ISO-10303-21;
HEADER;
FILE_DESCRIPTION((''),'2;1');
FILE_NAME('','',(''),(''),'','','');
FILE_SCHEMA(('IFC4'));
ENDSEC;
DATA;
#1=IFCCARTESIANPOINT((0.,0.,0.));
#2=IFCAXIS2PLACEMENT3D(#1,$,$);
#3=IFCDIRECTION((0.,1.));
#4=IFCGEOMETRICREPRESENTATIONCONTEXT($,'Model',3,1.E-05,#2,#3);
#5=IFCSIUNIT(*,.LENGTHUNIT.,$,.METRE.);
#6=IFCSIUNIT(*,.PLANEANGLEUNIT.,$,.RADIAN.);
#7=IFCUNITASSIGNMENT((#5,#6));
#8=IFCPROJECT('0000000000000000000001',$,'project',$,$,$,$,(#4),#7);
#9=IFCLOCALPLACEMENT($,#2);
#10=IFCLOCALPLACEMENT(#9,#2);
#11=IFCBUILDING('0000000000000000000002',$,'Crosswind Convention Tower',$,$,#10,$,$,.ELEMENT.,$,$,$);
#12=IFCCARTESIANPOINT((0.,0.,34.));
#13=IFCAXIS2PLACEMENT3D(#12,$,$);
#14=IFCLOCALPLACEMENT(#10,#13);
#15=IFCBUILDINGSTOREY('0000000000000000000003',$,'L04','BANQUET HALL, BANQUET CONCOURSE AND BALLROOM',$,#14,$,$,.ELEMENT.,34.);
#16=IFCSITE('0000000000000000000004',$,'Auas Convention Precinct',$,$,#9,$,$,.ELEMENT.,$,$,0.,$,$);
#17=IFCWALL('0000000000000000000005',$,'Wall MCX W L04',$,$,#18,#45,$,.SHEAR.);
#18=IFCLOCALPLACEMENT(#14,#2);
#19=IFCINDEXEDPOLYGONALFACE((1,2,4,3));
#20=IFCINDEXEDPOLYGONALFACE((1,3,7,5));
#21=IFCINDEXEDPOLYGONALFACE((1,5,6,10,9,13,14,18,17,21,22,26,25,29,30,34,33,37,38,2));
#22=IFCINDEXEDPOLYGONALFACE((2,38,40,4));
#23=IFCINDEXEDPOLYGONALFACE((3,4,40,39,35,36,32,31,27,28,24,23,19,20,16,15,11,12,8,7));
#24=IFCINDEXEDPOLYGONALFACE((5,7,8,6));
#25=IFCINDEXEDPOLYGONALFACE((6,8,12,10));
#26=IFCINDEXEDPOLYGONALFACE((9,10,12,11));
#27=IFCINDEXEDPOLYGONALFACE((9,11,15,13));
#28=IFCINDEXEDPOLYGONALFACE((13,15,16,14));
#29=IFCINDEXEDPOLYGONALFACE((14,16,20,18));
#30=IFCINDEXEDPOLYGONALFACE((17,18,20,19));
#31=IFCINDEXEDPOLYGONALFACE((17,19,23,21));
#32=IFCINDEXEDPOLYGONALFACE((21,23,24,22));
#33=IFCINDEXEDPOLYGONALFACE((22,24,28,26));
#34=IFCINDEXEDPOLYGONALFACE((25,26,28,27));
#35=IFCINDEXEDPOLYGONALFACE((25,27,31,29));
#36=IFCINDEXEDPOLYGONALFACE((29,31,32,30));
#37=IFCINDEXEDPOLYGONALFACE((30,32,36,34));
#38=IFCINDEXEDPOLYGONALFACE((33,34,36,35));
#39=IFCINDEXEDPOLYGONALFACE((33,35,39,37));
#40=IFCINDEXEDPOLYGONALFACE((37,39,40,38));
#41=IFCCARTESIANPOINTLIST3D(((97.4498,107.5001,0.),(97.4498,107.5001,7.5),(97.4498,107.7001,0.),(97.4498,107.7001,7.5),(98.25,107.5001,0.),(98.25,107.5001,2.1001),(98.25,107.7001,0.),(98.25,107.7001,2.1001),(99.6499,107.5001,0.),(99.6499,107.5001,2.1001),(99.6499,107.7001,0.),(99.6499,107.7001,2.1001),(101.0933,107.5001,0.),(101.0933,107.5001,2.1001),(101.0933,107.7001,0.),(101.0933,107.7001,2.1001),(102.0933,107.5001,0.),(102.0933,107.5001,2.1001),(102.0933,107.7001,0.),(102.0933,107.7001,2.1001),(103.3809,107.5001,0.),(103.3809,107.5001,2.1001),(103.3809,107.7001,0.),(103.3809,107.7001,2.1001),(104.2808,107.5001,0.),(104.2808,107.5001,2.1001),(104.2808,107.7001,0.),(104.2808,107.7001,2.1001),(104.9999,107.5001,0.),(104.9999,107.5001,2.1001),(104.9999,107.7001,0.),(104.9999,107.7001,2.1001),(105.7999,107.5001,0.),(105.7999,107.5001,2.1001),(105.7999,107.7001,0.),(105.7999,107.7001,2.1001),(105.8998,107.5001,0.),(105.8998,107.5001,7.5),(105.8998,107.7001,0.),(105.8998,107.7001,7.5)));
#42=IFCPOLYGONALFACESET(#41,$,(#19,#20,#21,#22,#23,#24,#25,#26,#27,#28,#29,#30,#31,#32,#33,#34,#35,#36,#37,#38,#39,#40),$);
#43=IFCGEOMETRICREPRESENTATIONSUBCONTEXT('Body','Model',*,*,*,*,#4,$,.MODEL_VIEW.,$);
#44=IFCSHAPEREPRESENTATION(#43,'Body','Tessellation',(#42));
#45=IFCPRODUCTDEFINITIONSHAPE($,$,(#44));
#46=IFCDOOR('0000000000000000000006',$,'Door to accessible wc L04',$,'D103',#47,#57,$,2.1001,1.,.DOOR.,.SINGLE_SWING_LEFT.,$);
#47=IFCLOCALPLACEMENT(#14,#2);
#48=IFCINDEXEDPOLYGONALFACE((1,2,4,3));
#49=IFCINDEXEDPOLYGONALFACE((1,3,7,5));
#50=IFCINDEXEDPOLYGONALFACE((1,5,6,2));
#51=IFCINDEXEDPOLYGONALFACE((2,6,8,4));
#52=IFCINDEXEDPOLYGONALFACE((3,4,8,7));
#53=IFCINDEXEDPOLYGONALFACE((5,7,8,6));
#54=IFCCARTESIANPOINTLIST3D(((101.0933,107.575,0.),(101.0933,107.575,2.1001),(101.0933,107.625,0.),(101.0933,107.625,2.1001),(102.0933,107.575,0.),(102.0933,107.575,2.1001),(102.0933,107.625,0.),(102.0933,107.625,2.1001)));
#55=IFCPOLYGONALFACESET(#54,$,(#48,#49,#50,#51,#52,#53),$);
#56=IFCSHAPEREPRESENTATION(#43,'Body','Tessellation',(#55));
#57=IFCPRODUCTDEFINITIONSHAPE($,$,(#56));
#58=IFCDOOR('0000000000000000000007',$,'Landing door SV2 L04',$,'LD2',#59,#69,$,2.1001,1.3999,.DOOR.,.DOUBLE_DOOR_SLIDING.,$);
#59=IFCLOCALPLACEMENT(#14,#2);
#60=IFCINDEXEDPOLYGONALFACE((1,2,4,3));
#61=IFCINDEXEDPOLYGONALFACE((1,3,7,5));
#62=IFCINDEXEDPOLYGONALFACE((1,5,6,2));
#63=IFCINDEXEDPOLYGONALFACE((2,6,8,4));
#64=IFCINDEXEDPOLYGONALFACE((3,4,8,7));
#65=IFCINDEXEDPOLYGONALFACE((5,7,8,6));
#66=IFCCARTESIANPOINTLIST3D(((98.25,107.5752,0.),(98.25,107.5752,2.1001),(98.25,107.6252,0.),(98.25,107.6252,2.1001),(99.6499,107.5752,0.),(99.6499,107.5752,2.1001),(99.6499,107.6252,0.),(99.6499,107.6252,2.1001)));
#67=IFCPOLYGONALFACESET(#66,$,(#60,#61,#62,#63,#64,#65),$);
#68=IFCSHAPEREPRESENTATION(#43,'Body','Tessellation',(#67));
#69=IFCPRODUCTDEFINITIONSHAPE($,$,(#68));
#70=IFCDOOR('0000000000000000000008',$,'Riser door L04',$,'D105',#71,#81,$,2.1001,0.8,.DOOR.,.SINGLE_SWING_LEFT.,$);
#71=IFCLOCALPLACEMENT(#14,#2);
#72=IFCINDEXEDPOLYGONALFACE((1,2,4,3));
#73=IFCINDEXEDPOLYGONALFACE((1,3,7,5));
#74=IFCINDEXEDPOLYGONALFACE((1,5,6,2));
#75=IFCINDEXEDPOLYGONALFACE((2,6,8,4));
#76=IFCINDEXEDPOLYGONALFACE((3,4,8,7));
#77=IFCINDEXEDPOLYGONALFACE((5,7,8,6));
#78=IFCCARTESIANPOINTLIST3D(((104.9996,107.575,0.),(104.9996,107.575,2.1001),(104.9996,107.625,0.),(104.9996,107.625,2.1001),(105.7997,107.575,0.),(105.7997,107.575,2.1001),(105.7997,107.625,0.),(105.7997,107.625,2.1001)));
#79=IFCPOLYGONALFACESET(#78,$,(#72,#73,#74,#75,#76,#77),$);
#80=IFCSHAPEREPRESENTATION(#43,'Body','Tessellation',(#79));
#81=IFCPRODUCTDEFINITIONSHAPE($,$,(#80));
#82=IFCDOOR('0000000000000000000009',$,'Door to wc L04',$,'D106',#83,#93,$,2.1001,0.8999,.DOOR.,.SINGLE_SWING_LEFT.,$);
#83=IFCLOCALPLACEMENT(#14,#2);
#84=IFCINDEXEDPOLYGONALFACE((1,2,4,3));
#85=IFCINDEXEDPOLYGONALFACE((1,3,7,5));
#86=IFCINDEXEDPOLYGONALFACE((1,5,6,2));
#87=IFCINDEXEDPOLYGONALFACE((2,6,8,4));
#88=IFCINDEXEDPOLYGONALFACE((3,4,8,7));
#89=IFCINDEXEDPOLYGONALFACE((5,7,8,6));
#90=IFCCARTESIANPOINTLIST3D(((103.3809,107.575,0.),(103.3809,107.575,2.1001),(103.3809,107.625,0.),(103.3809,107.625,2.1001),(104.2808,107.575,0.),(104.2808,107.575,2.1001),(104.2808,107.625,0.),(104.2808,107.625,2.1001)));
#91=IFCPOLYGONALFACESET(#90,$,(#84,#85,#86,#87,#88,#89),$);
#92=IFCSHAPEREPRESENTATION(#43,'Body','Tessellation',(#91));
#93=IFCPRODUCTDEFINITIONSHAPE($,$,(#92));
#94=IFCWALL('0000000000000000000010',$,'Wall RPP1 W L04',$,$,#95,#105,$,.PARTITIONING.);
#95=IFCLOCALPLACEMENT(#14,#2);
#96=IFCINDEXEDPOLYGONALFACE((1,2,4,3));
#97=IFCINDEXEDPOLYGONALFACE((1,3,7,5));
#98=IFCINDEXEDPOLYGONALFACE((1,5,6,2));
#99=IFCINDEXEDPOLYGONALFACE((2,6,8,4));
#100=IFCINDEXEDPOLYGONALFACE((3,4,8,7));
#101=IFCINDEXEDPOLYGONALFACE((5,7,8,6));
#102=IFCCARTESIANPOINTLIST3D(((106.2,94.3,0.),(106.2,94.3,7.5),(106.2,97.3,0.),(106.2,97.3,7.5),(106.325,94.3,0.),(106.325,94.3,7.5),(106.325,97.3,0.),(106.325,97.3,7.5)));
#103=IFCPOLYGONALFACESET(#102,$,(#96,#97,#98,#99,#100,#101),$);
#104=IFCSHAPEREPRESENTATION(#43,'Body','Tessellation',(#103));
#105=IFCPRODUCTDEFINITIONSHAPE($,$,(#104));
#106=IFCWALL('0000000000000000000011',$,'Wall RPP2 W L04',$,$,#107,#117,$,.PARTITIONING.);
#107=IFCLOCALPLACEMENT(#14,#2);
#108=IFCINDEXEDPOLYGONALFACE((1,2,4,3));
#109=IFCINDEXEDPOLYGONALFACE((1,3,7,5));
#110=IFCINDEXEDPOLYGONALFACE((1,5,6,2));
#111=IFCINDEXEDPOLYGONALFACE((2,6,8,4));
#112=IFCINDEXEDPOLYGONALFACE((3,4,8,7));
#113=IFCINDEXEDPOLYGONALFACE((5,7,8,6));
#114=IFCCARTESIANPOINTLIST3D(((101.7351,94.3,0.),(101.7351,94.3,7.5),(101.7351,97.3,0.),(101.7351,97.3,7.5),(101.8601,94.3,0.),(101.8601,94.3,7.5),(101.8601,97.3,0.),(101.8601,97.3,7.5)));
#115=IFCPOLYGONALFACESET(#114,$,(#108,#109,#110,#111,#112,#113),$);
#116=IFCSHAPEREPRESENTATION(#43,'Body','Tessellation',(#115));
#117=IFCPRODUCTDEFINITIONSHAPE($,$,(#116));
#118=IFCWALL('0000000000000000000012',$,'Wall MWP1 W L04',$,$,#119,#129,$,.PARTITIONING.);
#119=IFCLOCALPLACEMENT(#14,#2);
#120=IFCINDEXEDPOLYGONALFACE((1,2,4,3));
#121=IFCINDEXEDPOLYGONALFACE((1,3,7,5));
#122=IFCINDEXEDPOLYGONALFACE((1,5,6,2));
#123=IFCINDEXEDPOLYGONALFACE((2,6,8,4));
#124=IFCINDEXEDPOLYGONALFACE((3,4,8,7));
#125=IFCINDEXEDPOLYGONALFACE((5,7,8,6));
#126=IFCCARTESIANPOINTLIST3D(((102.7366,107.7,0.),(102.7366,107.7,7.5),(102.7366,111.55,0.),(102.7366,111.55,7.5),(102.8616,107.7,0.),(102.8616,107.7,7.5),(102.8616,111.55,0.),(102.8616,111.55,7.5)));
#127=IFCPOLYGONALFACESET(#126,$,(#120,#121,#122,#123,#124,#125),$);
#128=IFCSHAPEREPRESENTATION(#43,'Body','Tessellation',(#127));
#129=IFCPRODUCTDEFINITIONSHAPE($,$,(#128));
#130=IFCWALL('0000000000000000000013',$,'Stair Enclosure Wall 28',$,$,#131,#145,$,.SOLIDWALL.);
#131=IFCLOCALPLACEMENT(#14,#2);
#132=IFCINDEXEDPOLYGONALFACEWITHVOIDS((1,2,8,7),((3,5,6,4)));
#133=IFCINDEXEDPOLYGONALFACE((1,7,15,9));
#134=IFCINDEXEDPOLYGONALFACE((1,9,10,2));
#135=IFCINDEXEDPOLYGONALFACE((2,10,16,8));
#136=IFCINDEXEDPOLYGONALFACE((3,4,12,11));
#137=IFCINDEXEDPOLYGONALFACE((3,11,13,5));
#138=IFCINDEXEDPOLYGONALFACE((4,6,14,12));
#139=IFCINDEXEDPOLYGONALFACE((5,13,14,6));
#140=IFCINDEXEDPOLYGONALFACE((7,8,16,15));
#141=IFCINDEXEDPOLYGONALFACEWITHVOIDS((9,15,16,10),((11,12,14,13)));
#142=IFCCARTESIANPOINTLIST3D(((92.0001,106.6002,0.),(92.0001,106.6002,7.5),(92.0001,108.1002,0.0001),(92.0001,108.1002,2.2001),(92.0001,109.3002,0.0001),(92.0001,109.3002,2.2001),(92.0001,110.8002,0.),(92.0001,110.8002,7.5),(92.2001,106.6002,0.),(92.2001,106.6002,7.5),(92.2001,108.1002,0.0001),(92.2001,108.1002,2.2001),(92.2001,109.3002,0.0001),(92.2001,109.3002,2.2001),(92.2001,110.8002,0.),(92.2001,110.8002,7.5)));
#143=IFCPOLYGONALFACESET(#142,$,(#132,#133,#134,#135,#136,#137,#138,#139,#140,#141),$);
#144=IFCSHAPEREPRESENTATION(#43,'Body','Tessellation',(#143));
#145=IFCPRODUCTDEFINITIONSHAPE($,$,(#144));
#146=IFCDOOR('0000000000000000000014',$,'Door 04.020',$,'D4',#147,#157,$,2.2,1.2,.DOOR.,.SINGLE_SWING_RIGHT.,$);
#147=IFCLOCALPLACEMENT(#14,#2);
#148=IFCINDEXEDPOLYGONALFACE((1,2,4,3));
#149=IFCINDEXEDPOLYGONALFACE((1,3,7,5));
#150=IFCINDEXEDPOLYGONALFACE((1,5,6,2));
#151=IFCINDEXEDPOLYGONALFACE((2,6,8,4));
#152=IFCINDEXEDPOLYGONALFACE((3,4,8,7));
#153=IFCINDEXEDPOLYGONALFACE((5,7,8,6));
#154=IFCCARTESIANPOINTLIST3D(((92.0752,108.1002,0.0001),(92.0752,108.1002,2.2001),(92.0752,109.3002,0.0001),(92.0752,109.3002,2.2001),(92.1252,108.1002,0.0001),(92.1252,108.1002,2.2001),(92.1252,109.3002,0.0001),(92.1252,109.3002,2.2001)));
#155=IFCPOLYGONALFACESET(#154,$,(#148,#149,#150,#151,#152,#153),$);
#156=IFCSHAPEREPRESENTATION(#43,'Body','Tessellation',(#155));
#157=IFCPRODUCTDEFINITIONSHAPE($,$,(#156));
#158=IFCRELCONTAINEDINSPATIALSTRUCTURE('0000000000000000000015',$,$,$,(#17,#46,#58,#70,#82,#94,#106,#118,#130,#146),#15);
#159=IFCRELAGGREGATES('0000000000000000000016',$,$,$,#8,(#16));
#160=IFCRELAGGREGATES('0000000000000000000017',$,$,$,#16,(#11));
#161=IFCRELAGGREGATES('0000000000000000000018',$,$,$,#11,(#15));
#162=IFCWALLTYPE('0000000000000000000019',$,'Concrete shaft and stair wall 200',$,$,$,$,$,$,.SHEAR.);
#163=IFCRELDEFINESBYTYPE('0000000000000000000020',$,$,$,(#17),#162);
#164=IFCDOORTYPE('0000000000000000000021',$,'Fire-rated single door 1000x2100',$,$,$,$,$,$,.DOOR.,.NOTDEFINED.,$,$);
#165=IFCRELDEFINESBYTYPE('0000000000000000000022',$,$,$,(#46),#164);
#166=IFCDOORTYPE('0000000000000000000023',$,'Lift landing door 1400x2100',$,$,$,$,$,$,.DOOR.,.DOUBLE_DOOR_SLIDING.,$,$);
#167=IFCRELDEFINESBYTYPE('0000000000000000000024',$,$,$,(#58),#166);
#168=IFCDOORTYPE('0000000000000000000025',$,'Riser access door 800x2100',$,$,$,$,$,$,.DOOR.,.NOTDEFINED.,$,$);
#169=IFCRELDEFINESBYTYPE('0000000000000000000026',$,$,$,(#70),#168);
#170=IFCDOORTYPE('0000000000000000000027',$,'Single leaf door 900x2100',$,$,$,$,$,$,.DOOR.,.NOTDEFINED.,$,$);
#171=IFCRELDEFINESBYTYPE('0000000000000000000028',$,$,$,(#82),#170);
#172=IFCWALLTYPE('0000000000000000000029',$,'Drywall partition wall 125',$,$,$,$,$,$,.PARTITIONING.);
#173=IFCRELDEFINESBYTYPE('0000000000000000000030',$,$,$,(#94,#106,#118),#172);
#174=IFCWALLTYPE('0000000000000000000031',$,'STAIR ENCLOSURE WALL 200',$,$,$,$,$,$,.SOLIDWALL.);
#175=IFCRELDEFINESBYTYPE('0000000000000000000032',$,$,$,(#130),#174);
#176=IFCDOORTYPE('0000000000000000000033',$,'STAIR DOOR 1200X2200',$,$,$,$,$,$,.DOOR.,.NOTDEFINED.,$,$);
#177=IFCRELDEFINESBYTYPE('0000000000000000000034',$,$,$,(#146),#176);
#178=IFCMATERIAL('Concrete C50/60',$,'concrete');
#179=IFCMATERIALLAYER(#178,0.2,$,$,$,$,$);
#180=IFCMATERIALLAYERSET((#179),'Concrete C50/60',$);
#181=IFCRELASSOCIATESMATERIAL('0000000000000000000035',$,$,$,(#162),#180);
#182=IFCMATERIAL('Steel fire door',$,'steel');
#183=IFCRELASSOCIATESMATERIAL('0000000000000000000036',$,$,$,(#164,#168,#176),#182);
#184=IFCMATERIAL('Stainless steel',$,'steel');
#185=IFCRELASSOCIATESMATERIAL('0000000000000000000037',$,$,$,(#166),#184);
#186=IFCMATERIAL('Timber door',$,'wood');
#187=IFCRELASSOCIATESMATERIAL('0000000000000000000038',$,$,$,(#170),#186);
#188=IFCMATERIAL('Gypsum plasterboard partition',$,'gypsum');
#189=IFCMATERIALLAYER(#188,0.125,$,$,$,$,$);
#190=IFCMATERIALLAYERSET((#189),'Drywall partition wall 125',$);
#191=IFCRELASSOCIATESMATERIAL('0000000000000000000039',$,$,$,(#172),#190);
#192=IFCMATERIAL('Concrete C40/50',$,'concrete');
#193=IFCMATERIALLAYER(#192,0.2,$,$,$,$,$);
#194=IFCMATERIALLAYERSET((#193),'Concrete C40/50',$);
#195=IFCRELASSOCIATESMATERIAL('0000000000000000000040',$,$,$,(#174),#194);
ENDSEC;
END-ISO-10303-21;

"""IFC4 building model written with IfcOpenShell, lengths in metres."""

from ifc_helpers import new_model, si_unit, direction, frame, frame_2d, origin, place, context, subcontext, project, spatial, rectangle, extrude, material, layer, layer_set, type_object, element, fill, save


model = new_model("IFC4")

# Units and contexts
model_context = context("Model", 3, precision=1e-05, world=origin(), true_north=direction((0.0, 1.0)))
body_context = subcontext(model_context, "Body", "Model", "MODEL_VIEW")
ifc_project = project(units=[si_unit("LENGTHUNIT", "METRE"), si_unit("PLANEANGLEUNIT", "RADIAN")], contexts=[model_context])

# Site, building, storey
site_placement = place(None, origin())
site = spatial("IfcSite", under=ifc_project, at=site_placement, Name="Auas Convention Precinct", CompositionType="ELEMENT", RefElevation=0.0)
building_placement = place(site_placement, origin())
building = spatial("IfcBuilding", under=site, at=building_placement, Name="Crosswind Convention Tower", CompositionType="ELEMENT")
storey_placement = place(building_placement, frame((0.0, 0.0, 34.0)))
storey = spatial("IfcBuildingStorey", under=building, at=storey_placement, Name="L04", Description="BANQUET HALL, BANQUET CONCOURSE AND BALLROOM", CompositionType="ELEMENT", Elevation=34.0)

# Shared definitions
ifc_material_1 = material(Name="Concrete C50/60", Category="concrete")
ifc_layer_1 = layer(ifc_material_1, 0.2)
ifc_layer_set_1 = layer_set([ifc_layer_1], Name="Concrete C50/60")
wall_type_1 = type_object("IfcWallType", Name="Concrete shaft and stair wall 200", PredefinedType="SHEAR", material=ifc_layer_set_1)

# Wall, openings, doors
wall_1_placement = place(storey_placement, frame((105.8999, 107.6001, 0.0), z_axis=(0.0, 0.0, 1.0), x_axis=(-1.0, 0.0, 0.0)))
wall_1 = element("IfcWall", 1, at=wall_1_placement, inside=storey, type_object=wall_type_1, Name="Wall MCX W L04", PredefinedType="SHEAR", context=body_context, shape_type="SweptSolid", body=[
    extrude(rectangle(XDim=8.45, YDim=0.2, at=frame_2d((4.2251, 0.0))), origin(), (0.0, 0.0, 1.0), 7.5),
])
opening_1_placement = place(wall_1_placement, frame((0.1001, 0.0, 0.0)))
opening_1 = element("IfcOpeningElement", 2, at=opening_1_placement, cuts=wall_1, PredefinedType="OPENING", context=body_context, shape_type="SweptSolid", body=[
    extrude(rectangle(XDim=0.8, YDim=2.1001, at=frame_2d((0.3999, 1.05))), frame((0.0, 0.1099, 0.0), z_axis=(0.0, -1.0, 0.0), x_axis=(1.0, 0.0, 0.0)), (0.0, 0.0, 1.0), 0.22),
])
opening_2_placement = place(wall_1_placement, frame((1.6191, 0.0, 0.0)))
opening_2 = element("IfcOpeningElement", 3, at=opening_2_placement, cuts=wall_1, PredefinedType="OPENING", context=body_context, shape_type="SweptSolid", body=[
    extrude(rectangle(XDim=0.8999, YDim=2.1001, at=frame_2d((0.45, 1.05))), frame((0.0, 0.1099, 0.0), z_axis=(0.0, -1.0, 0.0), x_axis=(1.0, 0.0, 0.0)), (0.0, 0.0, 1.0), 0.22),
])
opening_3_placement = place(wall_1_placement, frame((3.8066, 0.0, 0.0)))
opening_3 = element("IfcOpeningElement", 4, at=opening_3_placement, cuts=wall_1, PredefinedType="OPENING", context=body_context, shape_type="SweptSolid", body=[
    extrude(rectangle(XDim=1.0, YDim=2.1001, at=frame_2d((0.5, 1.05))), frame((0.0, 0.1099, 0.0), z_axis=(0.0, -1.0, 0.0), x_axis=(1.0, 0.0, 0.0)), (0.0, 0.0, 1.0), 0.22),
])
opening_4_placement = place(wall_1_placement, frame((6.25, 0.0, 0.0)))
opening_4 = element("IfcOpeningElement", 5, at=opening_4_placement, cuts=wall_1, PredefinedType="OPENING", context=body_context, shape_type="SweptSolid", body=[
    extrude(rectangle(XDim=1.3999, YDim=2.1001, at=frame_2d((0.7, 1.05))), frame((0.0, 0.1099, 0.0), z_axis=(0.0, -1.0, 0.0), x_axis=(1.0, 0.0, 0.0)), (0.0, 0.0, 1.0), 0.22),
])
ifc_material_2 = material(Name="Steel fire door", Category="steel")
door_type_1 = type_object("IfcDoorType", Name="Fire-rated single door 1000x2100", OperationType="NOTDEFINED", PredefinedType="DOOR", material=ifc_material_2)
door_1_placement = place(opening_3_placement, frame((1.0, 0.0, 0.0), z_axis=(0.0, 0.0, 1.0), x_axis=(-1.0, 0.0, 0.0)))
door_1 = element("IfcDoor", 6, at=door_1_placement, inside=storey, type_object=door_type_1, Name="Door to accessible wc L04", ObjectType="D103", OperationType="SINGLE_SWING_LEFT", OverallHeight=2.1001, OverallWidth=1.0, PredefinedType="DOOR", context=body_context, shape_type="SweptSolid", body=[
    extrude(rectangle(XDim=1.0, YDim=2.1001, at=frame_2d((0.5, 1.05))), frame((0.0, 0.0249, 0.0), z_axis=(0.0, -1.0, 0.0), x_axis=(1.0, 0.0, 0.0)), (0.0, 0.0, 1.0), 0.05),
])
fill(opening_3, door_1)
ifc_material_3 = material(Name="Stainless steel", Category="steel")
door_type_2 = type_object("IfcDoorType", Name="Lift landing door 1400x2100", OperationType="DOUBLE_DOOR_SLIDING", PredefinedType="DOOR", material=ifc_material_3)
door_2_placement = place(opening_4_placement, origin())
door_2 = element("IfcDoor", 7, at=door_2_placement, inside=storey, type_object=door_type_2, Name="Landing door SV2 L04", ObjectType="LD2", OperationType="DOUBLE_DOOR_SLIDING", OverallHeight=2.1001, OverallWidth=1.3999, PredefinedType="DOOR", context=body_context, shape_type="SweptSolid", body=[
    extrude(rectangle(XDim=1.3999, YDim=2.1001, at=frame_2d((0.7, 1.05))), frame((0.0, 0.0249, 0.0), z_axis=(0.0, -1.0, 0.0), x_axis=(1.0, 0.0, 0.0)), (0.0, 0.0, 1.0), 0.05),
])
fill(opening_4, door_2)
door_type_3 = type_object("IfcDoorType", Name="Riser access door 800x2100", OperationType="NOTDEFINED", PredefinedType="DOOR", material=ifc_material_2)
door_3_placement = place(opening_1_placement, frame((0.8, 0.0, 0.0), z_axis=(0.0, 0.0, 1.0), x_axis=(-1.0, 0.0, 0.0)))
door_3 = element("IfcDoor", 8, at=door_3_placement, inside=storey, type_object=door_type_3, Name="Riser door L04", ObjectType="D105", OperationType="SINGLE_SWING_LEFT", OverallHeight=2.1001, OverallWidth=0.8, PredefinedType="DOOR", context=body_context, shape_type="SweptSolid", body=[
    extrude(rectangle(XDim=0.8, YDim=2.1001, at=frame_2d((0.3999, 1.05))), frame((0.0, 0.0249, 0.0), z_axis=(0.0, -1.0, 0.0), x_axis=(1.0, 0.0, 0.0)), (0.0, 0.0, 1.0), 0.05),
])
fill(opening_1, door_3)
ifc_material_4 = material(Name="Timber door", Category="wood")
door_type_4 = type_object("IfcDoorType", Name="Single leaf door 900x2100", OperationType="NOTDEFINED", PredefinedType="DOOR", material=ifc_material_4)
door_4_placement = place(opening_2_placement, frame((0.8999, 0.0, 0.0), z_axis=(0.0, 0.0, 1.0), x_axis=(-1.0, 0.0, 0.0)))
door_4 = element("IfcDoor", 9, at=door_4_placement, inside=storey, type_object=door_type_4, Name="Door to wc L04", ObjectType="D106", OperationType="SINGLE_SWING_LEFT", OverallHeight=2.1001, OverallWidth=0.8999, PredefinedType="DOOR", context=body_context, shape_type="SweptSolid", body=[
    extrude(rectangle(XDim=0.8999, YDim=2.1001, at=frame_2d((0.45, 1.05))), frame((0.0, 0.0249, 0.0), z_axis=(0.0, -1.0, 0.0), x_axis=(1.0, 0.0, 0.0)), (0.0, 0.0, 1.0), 0.05),
])
fill(opening_2, door_4)

# Walls
ifc_material_5 = material(Name="Gypsum plasterboard partition", Category="gypsum")
ifc_layer_2 = layer(ifc_material_5, 0.125)
ifc_layer_set_2 = layer_set([ifc_layer_2], Name="Drywall partition wall 125")
wall_type_2 = type_object("IfcWallType", Name="Drywall partition wall 125", PredefinedType="PARTITIONING", material=ifc_layer_set_2)
for number, where, z_axis, x_axis, name in (
    (10, (106.2625, 97.3, 0.0), (0.0, 0.0, 1.0), (0.0, -1.0, 0.0), "Wall RPP1 W L04"),
    (11, (101.7976, 97.3, 0.0), (0.0, 0.0, 1.0), (0.0, -1.0, 0.0), "Wall RPP2 W L04"),
):
    element("IfcWall", number, at=place(storey_placement, frame(where, z_axis=z_axis, x_axis=x_axis)), inside=storey, type_object=wall_type_2, Name=name, PredefinedType="PARTITIONING", context=body_context, shape_type="SweptSolid", body=[
        extrude(rectangle(XDim=3.0, YDim=0.125, at=frame_2d((1.5, 0.0))), origin(), (0.0, 0.0, 1.0), 7.5),
    ])
wall_2_placement = place(storey_placement, frame((102.7991, 111.55, 0.0), z_axis=(0.0, 0.0, 1.0), x_axis=(0.0, -1.0, 0.0)))
element("IfcWall", 12, at=wall_2_placement, inside=storey, type_object=wall_type_2, Name="Wall MWP1 W L04", PredefinedType="PARTITIONING", context=body_context, shape_type="SweptSolid", body=[
    extrude(rectangle(XDim=3.8501, YDim=0.125, at=frame_2d((1.925, 0.0))), origin(), (0.0, 0.0, 1.0), 7.5),
])

# Wall, opening, door
ifc_material_6 = material(Name="Concrete C40/50", Category="concrete")
ifc_layer_3 = layer(ifc_material_6, 0.2)
ifc_layer_set_3 = layer_set([ifc_layer_3], Name="Concrete C40/50")
wall_type_3 = type_object("IfcWallType", Name="STAIR ENCLOSURE WALL 200", PredefinedType="SOLIDWALL", material=ifc_layer_set_3)
wall_3_placement = place(storey_placement, frame((92.1001, 106.6001, 0.0), z_axis=(0.0, 0.0, 1.0), x_axis=(0.0, 1.0, 0.0)))
wall_3 = element("IfcWall", 13, at=wall_3_placement, inside=storey, type_object=wall_type_3, Name="Stair Enclosure Wall 28", PredefinedType="SOLIDWALL", context=body_context, shape_type="SweptSolid", body=[
    extrude(rectangle(XDim=4.2, YDim=0.2, at=frame_2d((2.1001, 0.0))), origin(), (0.0, 0.0, 1.0), 7.5),
])
opening_5_placement = place(wall_3_placement, frame((1.5, 0.0, 0.0)))
opening_5 = element("IfcOpeningElement", 14, at=opening_5_placement, cuts=wall_3, PredefinedType="OPENING", context=body_context, shape_type="SweptSolid", body=[
    extrude(rectangle(XDim=1.2, YDim=2.2, at=frame_2d((0.6001, 1.1001))), frame((0.0, 0.1099, 0.0), z_axis=(0.0, -1.0, 0.0), x_axis=(1.0, 0.0, 0.0)), (0.0, 0.0, 1.0), 0.22),
])
door_type_5 = type_object("IfcDoorType", Name="STAIR DOOR 1200X2200", OperationType="NOTDEFINED", PredefinedType="DOOR", material=ifc_material_2)
door_5_placement = place(opening_5_placement, origin())
door_5 = element("IfcDoor", 15, at=door_5_placement, inside=storey, type_object=door_type_5, Name="Door 04.020", ObjectType="D4", OperationType="SINGLE_SWING_RIGHT", OverallHeight=2.2, OverallWidth=1.2, PredefinedType="DOOR", context=body_context, shape_type="SweptSolid", body=[
    extrude(rectangle(XDim=1.2, YDim=2.2, at=frame_2d((0.6001, 1.1001))), frame((0.0, 0.0249, 0.0), z_axis=(0.0, -1.0, 0.0), x_axis=(1.0, 0.0, 0.0)), (0.0, 0.0, 1.0), 0.05),
])
fill(opening_5, door_5)

save(model, "model.ifc")
